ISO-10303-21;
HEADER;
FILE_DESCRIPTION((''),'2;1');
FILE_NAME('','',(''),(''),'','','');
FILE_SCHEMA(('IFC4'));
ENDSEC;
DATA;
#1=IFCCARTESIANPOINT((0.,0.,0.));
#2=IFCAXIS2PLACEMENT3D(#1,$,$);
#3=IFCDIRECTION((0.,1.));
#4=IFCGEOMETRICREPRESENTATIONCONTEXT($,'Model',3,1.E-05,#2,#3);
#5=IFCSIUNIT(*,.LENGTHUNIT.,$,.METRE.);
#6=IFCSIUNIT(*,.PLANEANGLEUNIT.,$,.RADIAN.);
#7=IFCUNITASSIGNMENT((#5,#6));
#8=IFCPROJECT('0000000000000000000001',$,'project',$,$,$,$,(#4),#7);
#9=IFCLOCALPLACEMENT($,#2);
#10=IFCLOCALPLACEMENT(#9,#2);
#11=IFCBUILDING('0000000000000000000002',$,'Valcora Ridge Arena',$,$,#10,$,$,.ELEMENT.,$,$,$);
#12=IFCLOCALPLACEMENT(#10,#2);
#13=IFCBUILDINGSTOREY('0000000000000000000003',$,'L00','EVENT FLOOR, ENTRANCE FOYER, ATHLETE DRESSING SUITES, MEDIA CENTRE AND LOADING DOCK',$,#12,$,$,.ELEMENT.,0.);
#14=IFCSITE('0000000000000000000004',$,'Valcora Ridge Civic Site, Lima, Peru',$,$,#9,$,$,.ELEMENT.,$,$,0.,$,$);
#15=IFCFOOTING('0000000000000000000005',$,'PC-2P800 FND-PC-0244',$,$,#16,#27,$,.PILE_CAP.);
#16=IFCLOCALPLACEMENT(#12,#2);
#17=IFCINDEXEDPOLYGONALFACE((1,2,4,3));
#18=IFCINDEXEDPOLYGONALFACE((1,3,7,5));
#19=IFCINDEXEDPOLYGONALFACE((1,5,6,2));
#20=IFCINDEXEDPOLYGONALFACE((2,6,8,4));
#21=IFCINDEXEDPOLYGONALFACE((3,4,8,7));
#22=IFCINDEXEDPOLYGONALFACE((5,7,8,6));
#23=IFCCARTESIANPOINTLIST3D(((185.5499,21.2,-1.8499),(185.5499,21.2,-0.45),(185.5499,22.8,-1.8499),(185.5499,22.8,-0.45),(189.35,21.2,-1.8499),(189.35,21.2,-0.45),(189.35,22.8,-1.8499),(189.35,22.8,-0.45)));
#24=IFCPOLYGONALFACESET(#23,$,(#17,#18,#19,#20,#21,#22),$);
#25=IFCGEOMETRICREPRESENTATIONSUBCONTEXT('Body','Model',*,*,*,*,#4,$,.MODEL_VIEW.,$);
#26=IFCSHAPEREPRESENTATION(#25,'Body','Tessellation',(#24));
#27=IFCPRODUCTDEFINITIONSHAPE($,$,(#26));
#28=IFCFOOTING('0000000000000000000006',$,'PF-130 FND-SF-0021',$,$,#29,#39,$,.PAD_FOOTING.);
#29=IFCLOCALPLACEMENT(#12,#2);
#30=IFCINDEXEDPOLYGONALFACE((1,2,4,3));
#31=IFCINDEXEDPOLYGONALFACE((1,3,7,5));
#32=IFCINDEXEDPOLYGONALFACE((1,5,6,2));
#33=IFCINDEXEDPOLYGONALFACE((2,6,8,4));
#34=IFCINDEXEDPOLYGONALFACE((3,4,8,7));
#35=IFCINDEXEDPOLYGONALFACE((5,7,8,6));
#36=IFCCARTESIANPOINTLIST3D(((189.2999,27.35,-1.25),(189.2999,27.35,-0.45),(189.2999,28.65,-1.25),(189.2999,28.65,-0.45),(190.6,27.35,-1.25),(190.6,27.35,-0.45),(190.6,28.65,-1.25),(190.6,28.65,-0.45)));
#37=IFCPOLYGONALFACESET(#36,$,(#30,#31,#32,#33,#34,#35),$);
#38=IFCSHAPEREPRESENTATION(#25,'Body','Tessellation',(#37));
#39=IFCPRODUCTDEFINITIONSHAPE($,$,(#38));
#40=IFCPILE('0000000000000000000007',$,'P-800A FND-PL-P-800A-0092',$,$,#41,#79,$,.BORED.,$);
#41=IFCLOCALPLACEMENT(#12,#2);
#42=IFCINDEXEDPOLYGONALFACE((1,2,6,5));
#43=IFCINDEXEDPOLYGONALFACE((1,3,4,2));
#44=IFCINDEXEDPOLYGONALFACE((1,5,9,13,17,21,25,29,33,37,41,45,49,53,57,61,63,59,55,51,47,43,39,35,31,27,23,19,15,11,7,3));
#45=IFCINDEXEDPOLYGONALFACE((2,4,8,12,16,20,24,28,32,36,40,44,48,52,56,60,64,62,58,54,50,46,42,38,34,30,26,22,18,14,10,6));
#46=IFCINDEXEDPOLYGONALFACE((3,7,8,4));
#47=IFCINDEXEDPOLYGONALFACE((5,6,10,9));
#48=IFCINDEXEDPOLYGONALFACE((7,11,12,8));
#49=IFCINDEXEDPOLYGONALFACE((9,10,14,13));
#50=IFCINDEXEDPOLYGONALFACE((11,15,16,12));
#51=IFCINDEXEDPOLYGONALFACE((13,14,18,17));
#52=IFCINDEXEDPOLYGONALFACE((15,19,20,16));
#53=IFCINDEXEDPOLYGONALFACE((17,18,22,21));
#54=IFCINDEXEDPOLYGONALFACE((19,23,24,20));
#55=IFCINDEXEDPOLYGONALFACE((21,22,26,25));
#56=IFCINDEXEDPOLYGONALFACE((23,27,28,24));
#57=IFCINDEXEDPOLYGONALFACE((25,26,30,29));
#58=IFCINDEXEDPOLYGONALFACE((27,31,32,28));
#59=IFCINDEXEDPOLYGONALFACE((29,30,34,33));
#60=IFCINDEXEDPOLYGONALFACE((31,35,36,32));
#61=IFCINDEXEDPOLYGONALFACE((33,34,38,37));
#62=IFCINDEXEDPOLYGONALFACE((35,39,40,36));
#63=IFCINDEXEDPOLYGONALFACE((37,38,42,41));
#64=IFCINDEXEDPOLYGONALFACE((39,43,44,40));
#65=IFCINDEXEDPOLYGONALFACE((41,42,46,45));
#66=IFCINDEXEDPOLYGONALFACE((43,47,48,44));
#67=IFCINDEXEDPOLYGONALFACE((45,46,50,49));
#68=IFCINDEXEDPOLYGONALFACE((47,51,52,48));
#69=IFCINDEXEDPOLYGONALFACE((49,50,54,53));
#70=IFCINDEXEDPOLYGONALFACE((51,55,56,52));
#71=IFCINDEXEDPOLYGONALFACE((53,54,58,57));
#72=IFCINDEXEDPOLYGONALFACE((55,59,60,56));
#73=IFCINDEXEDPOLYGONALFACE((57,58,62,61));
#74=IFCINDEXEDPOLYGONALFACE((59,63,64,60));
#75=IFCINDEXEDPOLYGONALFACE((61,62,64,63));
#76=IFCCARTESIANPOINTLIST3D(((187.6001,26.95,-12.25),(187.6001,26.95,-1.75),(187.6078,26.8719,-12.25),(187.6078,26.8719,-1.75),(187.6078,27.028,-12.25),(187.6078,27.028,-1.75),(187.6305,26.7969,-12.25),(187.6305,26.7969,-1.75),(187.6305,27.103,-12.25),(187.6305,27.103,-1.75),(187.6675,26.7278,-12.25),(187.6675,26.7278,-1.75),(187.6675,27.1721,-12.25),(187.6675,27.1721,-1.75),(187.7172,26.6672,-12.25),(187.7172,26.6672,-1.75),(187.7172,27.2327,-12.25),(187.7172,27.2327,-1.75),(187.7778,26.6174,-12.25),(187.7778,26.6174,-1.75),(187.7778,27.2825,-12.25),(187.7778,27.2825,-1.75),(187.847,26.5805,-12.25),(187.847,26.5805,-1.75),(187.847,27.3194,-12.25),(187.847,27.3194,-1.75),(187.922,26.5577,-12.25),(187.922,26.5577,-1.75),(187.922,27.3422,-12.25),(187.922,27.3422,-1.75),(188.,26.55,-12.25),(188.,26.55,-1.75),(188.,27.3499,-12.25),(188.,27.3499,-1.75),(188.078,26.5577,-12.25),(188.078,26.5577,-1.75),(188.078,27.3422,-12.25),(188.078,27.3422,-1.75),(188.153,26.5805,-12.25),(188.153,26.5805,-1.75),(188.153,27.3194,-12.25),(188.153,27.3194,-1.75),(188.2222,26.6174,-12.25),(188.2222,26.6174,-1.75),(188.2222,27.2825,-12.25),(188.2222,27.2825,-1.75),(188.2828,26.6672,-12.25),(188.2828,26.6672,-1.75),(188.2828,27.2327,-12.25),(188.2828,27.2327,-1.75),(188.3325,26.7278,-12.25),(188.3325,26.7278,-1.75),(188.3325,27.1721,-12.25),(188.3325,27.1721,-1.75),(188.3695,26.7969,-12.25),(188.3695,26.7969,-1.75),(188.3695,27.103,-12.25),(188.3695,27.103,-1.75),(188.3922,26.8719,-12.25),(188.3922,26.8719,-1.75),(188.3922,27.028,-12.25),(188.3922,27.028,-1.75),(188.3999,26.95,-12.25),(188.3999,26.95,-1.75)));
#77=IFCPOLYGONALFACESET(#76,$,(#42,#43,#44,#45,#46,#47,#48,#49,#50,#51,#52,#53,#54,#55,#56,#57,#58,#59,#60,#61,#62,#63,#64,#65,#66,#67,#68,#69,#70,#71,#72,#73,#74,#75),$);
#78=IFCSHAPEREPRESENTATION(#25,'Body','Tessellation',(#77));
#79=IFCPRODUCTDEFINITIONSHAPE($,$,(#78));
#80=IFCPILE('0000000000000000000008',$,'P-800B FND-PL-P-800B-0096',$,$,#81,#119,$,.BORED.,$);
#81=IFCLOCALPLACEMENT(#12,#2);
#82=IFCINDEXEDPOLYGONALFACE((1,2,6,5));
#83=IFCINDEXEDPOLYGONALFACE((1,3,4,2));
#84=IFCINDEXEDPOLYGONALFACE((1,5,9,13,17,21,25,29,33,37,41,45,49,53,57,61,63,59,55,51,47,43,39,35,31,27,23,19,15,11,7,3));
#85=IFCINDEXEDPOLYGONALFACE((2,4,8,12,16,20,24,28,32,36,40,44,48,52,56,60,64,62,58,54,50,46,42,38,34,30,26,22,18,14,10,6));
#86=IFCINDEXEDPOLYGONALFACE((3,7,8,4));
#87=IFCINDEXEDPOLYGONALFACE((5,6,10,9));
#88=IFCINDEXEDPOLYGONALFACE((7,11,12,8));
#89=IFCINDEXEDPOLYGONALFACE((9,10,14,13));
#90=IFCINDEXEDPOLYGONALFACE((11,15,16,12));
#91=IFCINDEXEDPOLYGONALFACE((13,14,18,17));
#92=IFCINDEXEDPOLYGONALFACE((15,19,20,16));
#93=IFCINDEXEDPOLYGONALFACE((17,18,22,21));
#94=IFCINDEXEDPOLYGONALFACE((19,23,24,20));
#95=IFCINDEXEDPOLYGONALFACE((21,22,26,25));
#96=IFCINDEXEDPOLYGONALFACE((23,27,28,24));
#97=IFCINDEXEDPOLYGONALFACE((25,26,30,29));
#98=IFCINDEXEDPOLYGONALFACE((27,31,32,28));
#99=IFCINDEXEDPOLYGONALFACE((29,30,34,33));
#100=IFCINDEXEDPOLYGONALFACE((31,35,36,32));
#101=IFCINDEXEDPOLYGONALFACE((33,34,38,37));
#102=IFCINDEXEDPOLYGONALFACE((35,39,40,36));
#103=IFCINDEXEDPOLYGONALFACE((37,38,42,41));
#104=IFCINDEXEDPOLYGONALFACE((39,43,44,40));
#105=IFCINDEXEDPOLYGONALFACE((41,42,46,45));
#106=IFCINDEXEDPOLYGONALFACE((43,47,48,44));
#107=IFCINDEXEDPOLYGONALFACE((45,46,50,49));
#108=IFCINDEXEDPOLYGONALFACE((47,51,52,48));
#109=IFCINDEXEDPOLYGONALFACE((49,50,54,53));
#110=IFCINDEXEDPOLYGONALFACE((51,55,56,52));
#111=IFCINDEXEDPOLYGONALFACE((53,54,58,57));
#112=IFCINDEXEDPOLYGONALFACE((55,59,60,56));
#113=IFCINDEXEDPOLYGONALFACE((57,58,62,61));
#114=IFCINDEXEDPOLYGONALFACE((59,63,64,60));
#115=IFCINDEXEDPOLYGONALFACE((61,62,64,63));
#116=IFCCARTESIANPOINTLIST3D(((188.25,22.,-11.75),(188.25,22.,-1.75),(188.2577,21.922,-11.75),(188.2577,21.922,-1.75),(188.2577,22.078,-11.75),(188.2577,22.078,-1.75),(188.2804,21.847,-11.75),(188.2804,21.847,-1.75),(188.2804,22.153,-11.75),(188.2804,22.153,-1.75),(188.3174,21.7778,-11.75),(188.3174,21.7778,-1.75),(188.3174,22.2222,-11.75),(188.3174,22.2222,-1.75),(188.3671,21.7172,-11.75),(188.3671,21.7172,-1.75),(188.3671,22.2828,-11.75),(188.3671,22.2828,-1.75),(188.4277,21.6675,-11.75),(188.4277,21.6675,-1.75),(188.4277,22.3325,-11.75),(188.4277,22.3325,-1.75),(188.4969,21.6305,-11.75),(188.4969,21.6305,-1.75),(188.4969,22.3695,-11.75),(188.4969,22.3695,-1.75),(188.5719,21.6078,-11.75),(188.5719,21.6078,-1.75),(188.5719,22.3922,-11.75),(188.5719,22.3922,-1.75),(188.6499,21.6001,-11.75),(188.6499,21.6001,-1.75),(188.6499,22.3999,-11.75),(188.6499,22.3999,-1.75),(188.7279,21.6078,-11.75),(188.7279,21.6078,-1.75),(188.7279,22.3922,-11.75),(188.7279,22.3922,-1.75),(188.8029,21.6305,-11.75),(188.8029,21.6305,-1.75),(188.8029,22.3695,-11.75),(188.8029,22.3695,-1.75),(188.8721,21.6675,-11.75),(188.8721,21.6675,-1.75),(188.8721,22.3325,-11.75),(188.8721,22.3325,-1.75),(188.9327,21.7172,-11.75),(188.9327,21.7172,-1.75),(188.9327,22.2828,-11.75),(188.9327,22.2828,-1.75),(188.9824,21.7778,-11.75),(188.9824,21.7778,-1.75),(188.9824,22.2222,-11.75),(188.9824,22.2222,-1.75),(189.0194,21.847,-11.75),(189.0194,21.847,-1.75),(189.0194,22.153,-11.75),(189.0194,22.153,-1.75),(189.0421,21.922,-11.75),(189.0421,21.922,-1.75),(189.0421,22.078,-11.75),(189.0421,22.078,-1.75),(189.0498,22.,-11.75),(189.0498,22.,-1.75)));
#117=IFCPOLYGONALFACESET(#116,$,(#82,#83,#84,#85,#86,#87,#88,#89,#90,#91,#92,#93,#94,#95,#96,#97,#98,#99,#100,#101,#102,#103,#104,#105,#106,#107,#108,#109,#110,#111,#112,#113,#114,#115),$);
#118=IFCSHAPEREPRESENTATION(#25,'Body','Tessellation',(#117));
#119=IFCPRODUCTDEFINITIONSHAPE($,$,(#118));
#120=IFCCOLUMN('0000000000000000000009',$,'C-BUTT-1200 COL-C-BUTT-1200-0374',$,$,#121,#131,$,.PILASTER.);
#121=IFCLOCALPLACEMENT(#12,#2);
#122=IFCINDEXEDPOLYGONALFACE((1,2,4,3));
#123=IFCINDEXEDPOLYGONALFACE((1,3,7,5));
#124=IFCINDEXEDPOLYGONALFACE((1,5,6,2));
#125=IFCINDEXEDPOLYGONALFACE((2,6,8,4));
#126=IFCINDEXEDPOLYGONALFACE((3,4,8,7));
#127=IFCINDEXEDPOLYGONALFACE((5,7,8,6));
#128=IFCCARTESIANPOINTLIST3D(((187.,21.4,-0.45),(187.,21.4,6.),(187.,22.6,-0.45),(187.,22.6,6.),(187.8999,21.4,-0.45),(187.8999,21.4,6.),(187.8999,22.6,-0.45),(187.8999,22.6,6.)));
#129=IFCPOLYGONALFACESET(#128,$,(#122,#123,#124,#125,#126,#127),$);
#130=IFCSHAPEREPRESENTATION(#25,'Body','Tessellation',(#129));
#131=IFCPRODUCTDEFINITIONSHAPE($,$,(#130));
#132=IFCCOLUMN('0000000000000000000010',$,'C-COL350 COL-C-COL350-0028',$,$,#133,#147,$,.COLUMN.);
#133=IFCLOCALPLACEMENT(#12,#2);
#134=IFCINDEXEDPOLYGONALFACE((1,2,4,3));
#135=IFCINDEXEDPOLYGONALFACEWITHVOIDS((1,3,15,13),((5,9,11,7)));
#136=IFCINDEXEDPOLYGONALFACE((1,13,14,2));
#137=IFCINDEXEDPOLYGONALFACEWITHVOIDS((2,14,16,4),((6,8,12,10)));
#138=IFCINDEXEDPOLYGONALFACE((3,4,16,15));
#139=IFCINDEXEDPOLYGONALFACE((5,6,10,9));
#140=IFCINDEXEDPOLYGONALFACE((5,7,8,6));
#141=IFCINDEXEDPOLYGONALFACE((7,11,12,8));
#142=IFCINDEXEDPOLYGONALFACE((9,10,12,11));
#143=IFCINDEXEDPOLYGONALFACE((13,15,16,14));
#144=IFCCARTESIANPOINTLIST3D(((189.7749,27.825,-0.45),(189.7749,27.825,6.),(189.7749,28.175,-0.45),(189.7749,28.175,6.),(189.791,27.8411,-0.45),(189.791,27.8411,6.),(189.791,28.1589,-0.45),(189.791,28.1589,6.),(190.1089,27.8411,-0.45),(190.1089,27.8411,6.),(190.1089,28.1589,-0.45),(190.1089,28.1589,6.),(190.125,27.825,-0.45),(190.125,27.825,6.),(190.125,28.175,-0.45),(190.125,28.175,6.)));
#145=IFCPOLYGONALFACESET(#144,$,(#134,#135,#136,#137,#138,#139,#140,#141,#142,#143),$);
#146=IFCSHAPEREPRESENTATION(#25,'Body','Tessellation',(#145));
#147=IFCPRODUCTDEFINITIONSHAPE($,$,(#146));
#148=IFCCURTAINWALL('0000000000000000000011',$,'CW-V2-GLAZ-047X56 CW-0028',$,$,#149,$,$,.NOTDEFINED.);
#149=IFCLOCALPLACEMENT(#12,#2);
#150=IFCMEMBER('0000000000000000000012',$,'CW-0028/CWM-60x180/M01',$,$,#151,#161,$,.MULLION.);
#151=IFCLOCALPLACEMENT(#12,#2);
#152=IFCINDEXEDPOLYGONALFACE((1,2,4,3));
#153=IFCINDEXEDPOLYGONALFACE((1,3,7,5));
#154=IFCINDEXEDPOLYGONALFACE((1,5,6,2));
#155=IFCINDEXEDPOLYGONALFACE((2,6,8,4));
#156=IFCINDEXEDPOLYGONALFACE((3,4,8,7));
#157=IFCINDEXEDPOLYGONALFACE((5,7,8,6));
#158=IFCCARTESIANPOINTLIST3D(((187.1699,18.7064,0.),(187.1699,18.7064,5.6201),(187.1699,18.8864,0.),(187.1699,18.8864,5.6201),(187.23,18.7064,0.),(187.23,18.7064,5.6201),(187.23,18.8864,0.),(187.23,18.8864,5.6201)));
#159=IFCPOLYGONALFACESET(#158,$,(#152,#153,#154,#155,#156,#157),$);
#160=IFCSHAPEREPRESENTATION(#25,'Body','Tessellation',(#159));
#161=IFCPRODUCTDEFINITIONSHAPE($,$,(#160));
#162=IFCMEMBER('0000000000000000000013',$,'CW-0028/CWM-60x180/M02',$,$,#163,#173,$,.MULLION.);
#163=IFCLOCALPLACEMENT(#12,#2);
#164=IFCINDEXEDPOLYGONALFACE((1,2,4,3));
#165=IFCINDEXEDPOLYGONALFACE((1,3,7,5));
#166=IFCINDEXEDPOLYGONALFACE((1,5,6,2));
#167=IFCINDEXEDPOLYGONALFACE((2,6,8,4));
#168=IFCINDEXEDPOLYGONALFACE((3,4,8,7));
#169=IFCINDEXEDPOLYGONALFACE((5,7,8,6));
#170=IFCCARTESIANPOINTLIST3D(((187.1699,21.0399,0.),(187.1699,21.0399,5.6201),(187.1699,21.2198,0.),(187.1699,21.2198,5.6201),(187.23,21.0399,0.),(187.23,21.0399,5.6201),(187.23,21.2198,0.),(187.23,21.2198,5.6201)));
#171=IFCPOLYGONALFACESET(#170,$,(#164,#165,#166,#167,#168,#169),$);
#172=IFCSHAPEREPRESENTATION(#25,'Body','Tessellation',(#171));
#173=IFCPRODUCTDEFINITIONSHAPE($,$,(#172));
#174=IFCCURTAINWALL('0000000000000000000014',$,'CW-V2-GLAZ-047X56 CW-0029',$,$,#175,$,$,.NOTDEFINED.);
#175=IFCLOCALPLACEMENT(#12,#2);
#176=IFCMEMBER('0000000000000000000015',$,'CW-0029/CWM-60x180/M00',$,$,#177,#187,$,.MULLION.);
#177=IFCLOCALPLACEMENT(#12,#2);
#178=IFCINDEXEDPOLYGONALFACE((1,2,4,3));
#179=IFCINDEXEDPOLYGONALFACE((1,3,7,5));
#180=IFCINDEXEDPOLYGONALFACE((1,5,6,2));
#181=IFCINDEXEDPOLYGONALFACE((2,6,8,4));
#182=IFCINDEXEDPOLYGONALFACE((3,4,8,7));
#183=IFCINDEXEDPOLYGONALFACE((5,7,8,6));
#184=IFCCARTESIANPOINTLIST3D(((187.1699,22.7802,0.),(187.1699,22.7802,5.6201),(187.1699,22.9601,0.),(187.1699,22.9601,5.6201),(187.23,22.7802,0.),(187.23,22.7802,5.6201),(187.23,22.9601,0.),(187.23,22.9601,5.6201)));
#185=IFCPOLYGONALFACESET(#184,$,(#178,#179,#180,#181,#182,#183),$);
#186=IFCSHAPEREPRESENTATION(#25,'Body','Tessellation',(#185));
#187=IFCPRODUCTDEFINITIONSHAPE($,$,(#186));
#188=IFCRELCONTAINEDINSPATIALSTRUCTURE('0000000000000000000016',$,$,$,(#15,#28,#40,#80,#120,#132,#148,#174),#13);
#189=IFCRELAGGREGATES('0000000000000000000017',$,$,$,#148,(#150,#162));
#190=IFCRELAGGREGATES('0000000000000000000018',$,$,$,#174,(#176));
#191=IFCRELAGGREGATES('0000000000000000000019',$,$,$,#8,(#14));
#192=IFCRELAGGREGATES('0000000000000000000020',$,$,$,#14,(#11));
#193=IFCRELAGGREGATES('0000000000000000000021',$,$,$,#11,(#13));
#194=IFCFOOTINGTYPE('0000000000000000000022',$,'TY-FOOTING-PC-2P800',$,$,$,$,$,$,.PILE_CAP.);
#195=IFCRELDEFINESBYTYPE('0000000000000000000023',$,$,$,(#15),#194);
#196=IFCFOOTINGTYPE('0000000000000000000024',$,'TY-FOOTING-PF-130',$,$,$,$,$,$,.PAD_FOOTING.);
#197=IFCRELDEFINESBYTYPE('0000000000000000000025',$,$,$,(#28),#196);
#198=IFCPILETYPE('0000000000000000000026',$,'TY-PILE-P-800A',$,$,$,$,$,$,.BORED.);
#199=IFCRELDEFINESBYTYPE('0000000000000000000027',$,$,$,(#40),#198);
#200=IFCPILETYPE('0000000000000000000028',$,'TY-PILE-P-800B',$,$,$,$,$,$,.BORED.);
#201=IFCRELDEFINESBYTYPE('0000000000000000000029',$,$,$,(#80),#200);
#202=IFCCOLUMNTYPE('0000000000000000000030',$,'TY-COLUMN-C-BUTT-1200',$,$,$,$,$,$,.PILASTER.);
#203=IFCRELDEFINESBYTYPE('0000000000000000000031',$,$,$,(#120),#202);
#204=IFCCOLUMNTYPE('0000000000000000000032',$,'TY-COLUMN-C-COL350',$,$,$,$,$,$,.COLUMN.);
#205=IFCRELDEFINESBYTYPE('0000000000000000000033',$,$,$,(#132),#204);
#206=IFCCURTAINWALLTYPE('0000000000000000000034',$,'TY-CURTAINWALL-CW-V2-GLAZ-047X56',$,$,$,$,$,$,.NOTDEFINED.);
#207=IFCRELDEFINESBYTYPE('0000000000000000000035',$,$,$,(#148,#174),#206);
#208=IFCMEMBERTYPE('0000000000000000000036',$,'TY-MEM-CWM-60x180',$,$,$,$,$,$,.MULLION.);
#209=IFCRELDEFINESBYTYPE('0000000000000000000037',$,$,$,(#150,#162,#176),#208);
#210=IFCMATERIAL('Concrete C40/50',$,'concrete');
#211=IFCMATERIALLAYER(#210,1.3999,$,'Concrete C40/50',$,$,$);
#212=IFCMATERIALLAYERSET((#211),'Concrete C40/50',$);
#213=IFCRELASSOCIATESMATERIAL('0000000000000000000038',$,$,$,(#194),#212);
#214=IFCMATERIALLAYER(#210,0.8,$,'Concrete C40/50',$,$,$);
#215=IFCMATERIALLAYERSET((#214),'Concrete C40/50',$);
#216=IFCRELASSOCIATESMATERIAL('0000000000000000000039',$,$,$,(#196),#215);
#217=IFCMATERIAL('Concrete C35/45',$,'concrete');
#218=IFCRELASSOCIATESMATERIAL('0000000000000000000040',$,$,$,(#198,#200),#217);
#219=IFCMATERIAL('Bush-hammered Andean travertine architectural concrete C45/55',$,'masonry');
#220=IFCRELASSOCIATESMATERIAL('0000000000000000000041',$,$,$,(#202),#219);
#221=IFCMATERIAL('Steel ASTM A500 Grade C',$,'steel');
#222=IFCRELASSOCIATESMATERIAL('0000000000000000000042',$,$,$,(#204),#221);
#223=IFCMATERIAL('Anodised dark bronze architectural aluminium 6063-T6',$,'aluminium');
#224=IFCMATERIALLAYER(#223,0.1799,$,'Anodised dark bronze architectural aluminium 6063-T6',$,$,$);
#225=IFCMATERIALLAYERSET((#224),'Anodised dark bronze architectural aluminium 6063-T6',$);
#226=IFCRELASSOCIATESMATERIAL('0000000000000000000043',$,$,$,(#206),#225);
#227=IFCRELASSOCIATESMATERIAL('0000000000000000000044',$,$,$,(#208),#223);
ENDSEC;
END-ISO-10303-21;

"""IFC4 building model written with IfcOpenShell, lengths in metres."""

from ifc_helpers import new_model, si_unit, direction, frame, origin, origin_2d, place, context, subcontext, project, spatial, rectangle, hollow_rectangle, circle, extrude, material, layer, layer_set, material_profile, profile_set, type_object, element, aggregate, save


model = new_model("IFC4")

# Units and contexts
model_context = context("Model", 3, precision=1e-05, world=origin(), true_north=direction((0.0, 1.0)))
body_context = subcontext(model_context, "Body", "Model", "MODEL_VIEW")
ifc_project = project(units=[si_unit("LENGTHUNIT", "METRE"), si_unit("PLANEANGLEUNIT", "RADIAN")], contexts=[model_context])

# Site, building, storey
site_placement = place(None, origin())
site = spatial("IfcSite", under=ifc_project, at=site_placement, Name="Valcora Ridge Civic Site, Lima, Peru", CompositionType="ELEMENT", RefElevation=0.0)
building_placement = place(site_placement, origin())
building = spatial("IfcBuilding", under=site, at=building_placement, Name="Valcora Ridge Arena", CompositionType="ELEMENT")
storey_placement = place(building_placement, origin())
storey = spatial("IfcBuildingStorey", under=building, at=storey_placement, Name="L00", Description="EVENT FLOOR, ENTRANCE FOYER, ATHLETE DRESSING SUITES, MEDIA CENTRE AND LOADING DOCK", CompositionType="ELEMENT", Elevation=0.0)

# Footings
ifc_material_1 = material(Name="Concrete C40/50", Category="concrete")
ifc_layer_1 = layer(ifc_material_1, 1.3999, Name="Concrete C40/50")
ifc_layer_set_1 = layer_set([ifc_layer_1], Name="Concrete C40/50")
footing_type_1 = type_object("IfcFootingType", Name="TY-FOOTING-PC-2P800", PredefinedType="PILE_CAP", material=ifc_layer_set_1)
footing_1_placement = place(storey_placement, frame((187.45, 22.0, -1.8499), z_axis=(0.0, 0.0, 1.0), x_axis=(1.0, 0.0, 0.0)))
element("IfcFooting", 1, at=footing_1_placement, inside=storey, type_object=footing_type_1, Name="PC-2P800 FND-PC-0244", PredefinedType="PILE_CAP", context=body_context, shape_type="SweptSolid", body=[
    extrude(rectangle(XDim=3.8, YDim=1.6001, at=origin_2d()), origin(), (0.0, 0.0, 1.0), 1.3999),
])
ifc_layer_2 = layer(ifc_material_1, 0.8, Name="Concrete C40/50")
ifc_layer_set_2 = layer_set([ifc_layer_2], Name="Concrete C40/50")
footing_type_2 = type_object("IfcFootingType", Name="TY-FOOTING-PF-130", PredefinedType="PAD_FOOTING", material=ifc_layer_set_2)
footing_2_placement = place(storey_placement, frame((189.95, 28.0, -1.25), z_axis=(0.0, 0.0, 1.0), x_axis=(1.0, 0.0, 0.0)))
element("IfcFooting", 2, at=footing_2_placement, inside=storey, type_object=footing_type_2, Name="PF-130 FND-SF-0021", PredefinedType="PAD_FOOTING", context=body_context, shape_type="SweptSolid", body=[
    extrude(rectangle(XDim=1.3, YDim=1.3, at=origin_2d()), origin(), (0.0, 0.0, 1.0), 0.8),
])

# Piles
ifc_material_2 = material(Name="Concrete C35/45", Category="concrete")
ifc_material_profile_1 = material_profile(ifc_material_2, circle(Radius=0.3999, at=origin_2d()), Name="BORED PILE D800")
ifc_profile_set_1 = profile_set([ifc_material_profile_1], Name="Concrete C35/45")
pile_type_1 = type_object("IfcPileType", Name="TY-PILE-P-800A", PredefinedType="BORED", material=ifc_profile_set_1)
pile_1_placement = place(storey_placement, frame((188.0, 26.95, -1.75), z_axis=(0.0, 0.0, -1.0), x_axis=(1.0, 0.0, 0.0)))
element("IfcPile", 3, at=pile_1_placement, inside=storey, type_object=pile_type_1, Name="P-800A FND-PL-P-800A-0092", PredefinedType="BORED", context=body_context, shape_type="SweptSolid", body=[
    extrude(circle(Radius=0.3999, at=origin_2d()), origin(), (0.0, 0.0, 1.0), 10.5),
])
ifc_material_profile_2 = material_profile(ifc_material_2, circle(Radius=0.3999, at=origin_2d()), Name="BORED PILE D800")
ifc_profile_set_2 = profile_set([ifc_material_profile_2], Name="Concrete C35/45")
pile_type_2 = type_object("IfcPileType", Name="TY-PILE-P-800B", PredefinedType="BORED", material=ifc_profile_set_2)
pile_2_placement = place(storey_placement, frame((188.6499, 22.0, -1.75), z_axis=(0.0, 0.0, -1.0), x_axis=(1.0, 0.0, 0.0)))
element("IfcPile", 4, at=pile_2_placement, inside=storey, type_object=pile_type_2, Name="P-800B FND-PL-P-800B-0096", PredefinedType="BORED", context=body_context, shape_type="SweptSolid", body=[
    extrude(circle(Radius=0.3999, at=origin_2d()), origin(), (0.0, 0.0, 1.0), 10.0),
])

# Columns
ifc_material_3 = material(Name="Bush-hammered Andean travertine architectural concrete C45/55", Category="masonry")
ifc_material_profile_3 = material_profile(ifc_material_3, rectangle(XDim=0.8999, YDim=1.2, at=origin_2d()), Name="RC 900x1200")
ifc_profile_set_3 = profile_set([ifc_material_profile_3], Name="Bush-hammered Andean travertine architectural concrete C45/55")
column_type_1 = type_object("IfcColumnType", Name="TY-COLUMN-C-BUTT-1200", PredefinedType="PILASTER", material=ifc_profile_set_3)
column_1_placement = place(storey_placement, frame((187.45, 22.0, -0.45), z_axis=(0.0, 0.0, 1.0), x_axis=(1.0, 0.0, 0.0)))
element("IfcColumn", 5, at=column_1_placement, inside=storey, type_object=column_type_1, Name="C-BUTT-1200 COL-C-BUTT-1200-0374", PredefinedType="PILASTER", context=body_context, shape_type="SweptSolid", body=[
    extrude(rectangle(XDim=0.8999, YDim=1.2, at=origin_2d()), origin(), (0.0, 0.0, 1.0), 6.45),
])
ifc_material_4 = material(Name="Steel ASTM A500 Grade C", Category="steel")
ifc_material_profile_4 = material_profile(ifc_material_4, hollow_rectangle(XDim=0.3501, YDim=0.3501, WallThickness=0.0161, at=origin_2d()), Name="HSS350X350X16")
ifc_profile_set_4 = profile_set([ifc_material_profile_4], Name="Steel ASTM A500 Grade C")
column_type_2 = type_object("IfcColumnType", Name="TY-COLUMN-C-COL350", PredefinedType="COLUMN", material=ifc_profile_set_4)
column_2_placement = place(storey_placement, frame((189.95, 28.0, -0.45), z_axis=(0.0, 0.0, 1.0), x_axis=(1.0, 0.0, 0.0)))
element("IfcColumn", 6, at=column_2_placement, inside=storey, type_object=column_type_2, Name="C-COL350 COL-C-COL350-0028", PredefinedType="COLUMN", context=body_context, shape_type="SweptSolid", body=[
    extrude(hollow_rectangle(XDim=0.3501, YDim=0.3501, WallThickness=0.0161, at=origin_2d()), origin(), (0.0, 0.0, 1.0), 6.45),
])

# Curtain walls, members
ifc_material_5 = material(Name="Anodised dark bronze architectural aluminium 6063-T6", Category="aluminium")
ifc_layer_3 = layer(ifc_material_5, 0.1799, Name="Anodised dark bronze architectural aluminium 6063-T6")
ifc_layer_set_3 = layer_set([ifc_layer_3], Name="Anodised dark bronze architectural aluminium 6063-T6")
curtain_wall_type = type_object("IfcCurtainWallType", Name="TY-CURTAINWALL-CW-V2-GLAZ-047X56", PredefinedType="NOTDEFINED", material=ifc_layer_set_3)
curtain_wall_1_placement = place(storey_placement, origin())
curtain_wall_1 = element("IfcCurtainWall", 7, at=curtain_wall_1_placement, inside=storey, type_object=curtain_wall_type, Name="CW-V2-GLAZ-047X56 CW-0028", PredefinedType="NOTDEFINED")
ifc_material_profile_5 = material_profile(ifc_material_5, rectangle(XDim=0.0601, YDim=0.1799, at=origin_2d()), Name="ALU MULLION 60x180")
ifc_profile_set_5 = profile_set([ifc_material_profile_5], Name="Anodised dark bronze architectural aluminium 6063-T6")
member_type_1 = type_object("IfcMemberType", Name="TY-MEM-CWM-60x180", PredefinedType="MULLION", material=ifc_profile_set_5)
member_1_placement = place(storey_placement, frame((187.2, 18.7964, 0.0), z_axis=(0.0, 0.0, 1.0), x_axis=(-1.0, 0.0, 0.0)))
member_1 = element("IfcMember", 8, at=member_1_placement, type_object=member_type_1, Name="CW-0028/CWM-60x180/M01", PredefinedType="MULLION", context=body_context, shape_type="SweptSolid", body=[
    extrude(rectangle(XDim=0.0601, YDim=0.1799, at=origin_2d()), origin(), (0.0, 0.0, 1.0), 5.6201),
])
member_2_placement = place(storey_placement, frame((187.2, 21.1299, 0.0), z_axis=(0.0, 0.0, 1.0), x_axis=(-1.0, 0.0, 0.0)))
member_2 = element("IfcMember", 9, at=member_2_placement, type_object=member_type_1, Name="CW-0028/CWM-60x180/M02", PredefinedType="MULLION", context=body_context, shape_type="SweptSolid", body=[
    extrude(rectangle(XDim=0.0601, YDim=0.1799, at=origin_2d()), origin(), (0.0, 0.0, 1.0), 5.6201),
])
curtain_wall_2_placement = place(storey_placement, origin())
curtain_wall_2 = element("IfcCurtainWall", 10, at=curtain_wall_2_placement, inside=storey, type_object=curtain_wall_type, Name="CW-V2-GLAZ-047X56 CW-0029", PredefinedType="NOTDEFINED")
member_3_placement = place(storey_placement, frame((187.2, 22.8701, 0.0), z_axis=(0.0, 0.0, 1.0), x_axis=(-1.0, 0.0, 0.0)))
member_3 = element("IfcMember", 11, at=member_3_placement, type_object=member_type_1, Name="CW-0029/CWM-60x180/M00", PredefinedType="MULLION", context=body_context, shape_type="SweptSolid", body=[
    extrude(rectangle(XDim=0.0601, YDim=0.1799, at=origin_2d()), origin(), (0.0, 0.0, 1.0), 5.6201),
])

aggregate(curtain_wall_1, [member_1, member_2])
aggregate(curtain_wall_2, [member_3])

save(model, "model.ifc")
